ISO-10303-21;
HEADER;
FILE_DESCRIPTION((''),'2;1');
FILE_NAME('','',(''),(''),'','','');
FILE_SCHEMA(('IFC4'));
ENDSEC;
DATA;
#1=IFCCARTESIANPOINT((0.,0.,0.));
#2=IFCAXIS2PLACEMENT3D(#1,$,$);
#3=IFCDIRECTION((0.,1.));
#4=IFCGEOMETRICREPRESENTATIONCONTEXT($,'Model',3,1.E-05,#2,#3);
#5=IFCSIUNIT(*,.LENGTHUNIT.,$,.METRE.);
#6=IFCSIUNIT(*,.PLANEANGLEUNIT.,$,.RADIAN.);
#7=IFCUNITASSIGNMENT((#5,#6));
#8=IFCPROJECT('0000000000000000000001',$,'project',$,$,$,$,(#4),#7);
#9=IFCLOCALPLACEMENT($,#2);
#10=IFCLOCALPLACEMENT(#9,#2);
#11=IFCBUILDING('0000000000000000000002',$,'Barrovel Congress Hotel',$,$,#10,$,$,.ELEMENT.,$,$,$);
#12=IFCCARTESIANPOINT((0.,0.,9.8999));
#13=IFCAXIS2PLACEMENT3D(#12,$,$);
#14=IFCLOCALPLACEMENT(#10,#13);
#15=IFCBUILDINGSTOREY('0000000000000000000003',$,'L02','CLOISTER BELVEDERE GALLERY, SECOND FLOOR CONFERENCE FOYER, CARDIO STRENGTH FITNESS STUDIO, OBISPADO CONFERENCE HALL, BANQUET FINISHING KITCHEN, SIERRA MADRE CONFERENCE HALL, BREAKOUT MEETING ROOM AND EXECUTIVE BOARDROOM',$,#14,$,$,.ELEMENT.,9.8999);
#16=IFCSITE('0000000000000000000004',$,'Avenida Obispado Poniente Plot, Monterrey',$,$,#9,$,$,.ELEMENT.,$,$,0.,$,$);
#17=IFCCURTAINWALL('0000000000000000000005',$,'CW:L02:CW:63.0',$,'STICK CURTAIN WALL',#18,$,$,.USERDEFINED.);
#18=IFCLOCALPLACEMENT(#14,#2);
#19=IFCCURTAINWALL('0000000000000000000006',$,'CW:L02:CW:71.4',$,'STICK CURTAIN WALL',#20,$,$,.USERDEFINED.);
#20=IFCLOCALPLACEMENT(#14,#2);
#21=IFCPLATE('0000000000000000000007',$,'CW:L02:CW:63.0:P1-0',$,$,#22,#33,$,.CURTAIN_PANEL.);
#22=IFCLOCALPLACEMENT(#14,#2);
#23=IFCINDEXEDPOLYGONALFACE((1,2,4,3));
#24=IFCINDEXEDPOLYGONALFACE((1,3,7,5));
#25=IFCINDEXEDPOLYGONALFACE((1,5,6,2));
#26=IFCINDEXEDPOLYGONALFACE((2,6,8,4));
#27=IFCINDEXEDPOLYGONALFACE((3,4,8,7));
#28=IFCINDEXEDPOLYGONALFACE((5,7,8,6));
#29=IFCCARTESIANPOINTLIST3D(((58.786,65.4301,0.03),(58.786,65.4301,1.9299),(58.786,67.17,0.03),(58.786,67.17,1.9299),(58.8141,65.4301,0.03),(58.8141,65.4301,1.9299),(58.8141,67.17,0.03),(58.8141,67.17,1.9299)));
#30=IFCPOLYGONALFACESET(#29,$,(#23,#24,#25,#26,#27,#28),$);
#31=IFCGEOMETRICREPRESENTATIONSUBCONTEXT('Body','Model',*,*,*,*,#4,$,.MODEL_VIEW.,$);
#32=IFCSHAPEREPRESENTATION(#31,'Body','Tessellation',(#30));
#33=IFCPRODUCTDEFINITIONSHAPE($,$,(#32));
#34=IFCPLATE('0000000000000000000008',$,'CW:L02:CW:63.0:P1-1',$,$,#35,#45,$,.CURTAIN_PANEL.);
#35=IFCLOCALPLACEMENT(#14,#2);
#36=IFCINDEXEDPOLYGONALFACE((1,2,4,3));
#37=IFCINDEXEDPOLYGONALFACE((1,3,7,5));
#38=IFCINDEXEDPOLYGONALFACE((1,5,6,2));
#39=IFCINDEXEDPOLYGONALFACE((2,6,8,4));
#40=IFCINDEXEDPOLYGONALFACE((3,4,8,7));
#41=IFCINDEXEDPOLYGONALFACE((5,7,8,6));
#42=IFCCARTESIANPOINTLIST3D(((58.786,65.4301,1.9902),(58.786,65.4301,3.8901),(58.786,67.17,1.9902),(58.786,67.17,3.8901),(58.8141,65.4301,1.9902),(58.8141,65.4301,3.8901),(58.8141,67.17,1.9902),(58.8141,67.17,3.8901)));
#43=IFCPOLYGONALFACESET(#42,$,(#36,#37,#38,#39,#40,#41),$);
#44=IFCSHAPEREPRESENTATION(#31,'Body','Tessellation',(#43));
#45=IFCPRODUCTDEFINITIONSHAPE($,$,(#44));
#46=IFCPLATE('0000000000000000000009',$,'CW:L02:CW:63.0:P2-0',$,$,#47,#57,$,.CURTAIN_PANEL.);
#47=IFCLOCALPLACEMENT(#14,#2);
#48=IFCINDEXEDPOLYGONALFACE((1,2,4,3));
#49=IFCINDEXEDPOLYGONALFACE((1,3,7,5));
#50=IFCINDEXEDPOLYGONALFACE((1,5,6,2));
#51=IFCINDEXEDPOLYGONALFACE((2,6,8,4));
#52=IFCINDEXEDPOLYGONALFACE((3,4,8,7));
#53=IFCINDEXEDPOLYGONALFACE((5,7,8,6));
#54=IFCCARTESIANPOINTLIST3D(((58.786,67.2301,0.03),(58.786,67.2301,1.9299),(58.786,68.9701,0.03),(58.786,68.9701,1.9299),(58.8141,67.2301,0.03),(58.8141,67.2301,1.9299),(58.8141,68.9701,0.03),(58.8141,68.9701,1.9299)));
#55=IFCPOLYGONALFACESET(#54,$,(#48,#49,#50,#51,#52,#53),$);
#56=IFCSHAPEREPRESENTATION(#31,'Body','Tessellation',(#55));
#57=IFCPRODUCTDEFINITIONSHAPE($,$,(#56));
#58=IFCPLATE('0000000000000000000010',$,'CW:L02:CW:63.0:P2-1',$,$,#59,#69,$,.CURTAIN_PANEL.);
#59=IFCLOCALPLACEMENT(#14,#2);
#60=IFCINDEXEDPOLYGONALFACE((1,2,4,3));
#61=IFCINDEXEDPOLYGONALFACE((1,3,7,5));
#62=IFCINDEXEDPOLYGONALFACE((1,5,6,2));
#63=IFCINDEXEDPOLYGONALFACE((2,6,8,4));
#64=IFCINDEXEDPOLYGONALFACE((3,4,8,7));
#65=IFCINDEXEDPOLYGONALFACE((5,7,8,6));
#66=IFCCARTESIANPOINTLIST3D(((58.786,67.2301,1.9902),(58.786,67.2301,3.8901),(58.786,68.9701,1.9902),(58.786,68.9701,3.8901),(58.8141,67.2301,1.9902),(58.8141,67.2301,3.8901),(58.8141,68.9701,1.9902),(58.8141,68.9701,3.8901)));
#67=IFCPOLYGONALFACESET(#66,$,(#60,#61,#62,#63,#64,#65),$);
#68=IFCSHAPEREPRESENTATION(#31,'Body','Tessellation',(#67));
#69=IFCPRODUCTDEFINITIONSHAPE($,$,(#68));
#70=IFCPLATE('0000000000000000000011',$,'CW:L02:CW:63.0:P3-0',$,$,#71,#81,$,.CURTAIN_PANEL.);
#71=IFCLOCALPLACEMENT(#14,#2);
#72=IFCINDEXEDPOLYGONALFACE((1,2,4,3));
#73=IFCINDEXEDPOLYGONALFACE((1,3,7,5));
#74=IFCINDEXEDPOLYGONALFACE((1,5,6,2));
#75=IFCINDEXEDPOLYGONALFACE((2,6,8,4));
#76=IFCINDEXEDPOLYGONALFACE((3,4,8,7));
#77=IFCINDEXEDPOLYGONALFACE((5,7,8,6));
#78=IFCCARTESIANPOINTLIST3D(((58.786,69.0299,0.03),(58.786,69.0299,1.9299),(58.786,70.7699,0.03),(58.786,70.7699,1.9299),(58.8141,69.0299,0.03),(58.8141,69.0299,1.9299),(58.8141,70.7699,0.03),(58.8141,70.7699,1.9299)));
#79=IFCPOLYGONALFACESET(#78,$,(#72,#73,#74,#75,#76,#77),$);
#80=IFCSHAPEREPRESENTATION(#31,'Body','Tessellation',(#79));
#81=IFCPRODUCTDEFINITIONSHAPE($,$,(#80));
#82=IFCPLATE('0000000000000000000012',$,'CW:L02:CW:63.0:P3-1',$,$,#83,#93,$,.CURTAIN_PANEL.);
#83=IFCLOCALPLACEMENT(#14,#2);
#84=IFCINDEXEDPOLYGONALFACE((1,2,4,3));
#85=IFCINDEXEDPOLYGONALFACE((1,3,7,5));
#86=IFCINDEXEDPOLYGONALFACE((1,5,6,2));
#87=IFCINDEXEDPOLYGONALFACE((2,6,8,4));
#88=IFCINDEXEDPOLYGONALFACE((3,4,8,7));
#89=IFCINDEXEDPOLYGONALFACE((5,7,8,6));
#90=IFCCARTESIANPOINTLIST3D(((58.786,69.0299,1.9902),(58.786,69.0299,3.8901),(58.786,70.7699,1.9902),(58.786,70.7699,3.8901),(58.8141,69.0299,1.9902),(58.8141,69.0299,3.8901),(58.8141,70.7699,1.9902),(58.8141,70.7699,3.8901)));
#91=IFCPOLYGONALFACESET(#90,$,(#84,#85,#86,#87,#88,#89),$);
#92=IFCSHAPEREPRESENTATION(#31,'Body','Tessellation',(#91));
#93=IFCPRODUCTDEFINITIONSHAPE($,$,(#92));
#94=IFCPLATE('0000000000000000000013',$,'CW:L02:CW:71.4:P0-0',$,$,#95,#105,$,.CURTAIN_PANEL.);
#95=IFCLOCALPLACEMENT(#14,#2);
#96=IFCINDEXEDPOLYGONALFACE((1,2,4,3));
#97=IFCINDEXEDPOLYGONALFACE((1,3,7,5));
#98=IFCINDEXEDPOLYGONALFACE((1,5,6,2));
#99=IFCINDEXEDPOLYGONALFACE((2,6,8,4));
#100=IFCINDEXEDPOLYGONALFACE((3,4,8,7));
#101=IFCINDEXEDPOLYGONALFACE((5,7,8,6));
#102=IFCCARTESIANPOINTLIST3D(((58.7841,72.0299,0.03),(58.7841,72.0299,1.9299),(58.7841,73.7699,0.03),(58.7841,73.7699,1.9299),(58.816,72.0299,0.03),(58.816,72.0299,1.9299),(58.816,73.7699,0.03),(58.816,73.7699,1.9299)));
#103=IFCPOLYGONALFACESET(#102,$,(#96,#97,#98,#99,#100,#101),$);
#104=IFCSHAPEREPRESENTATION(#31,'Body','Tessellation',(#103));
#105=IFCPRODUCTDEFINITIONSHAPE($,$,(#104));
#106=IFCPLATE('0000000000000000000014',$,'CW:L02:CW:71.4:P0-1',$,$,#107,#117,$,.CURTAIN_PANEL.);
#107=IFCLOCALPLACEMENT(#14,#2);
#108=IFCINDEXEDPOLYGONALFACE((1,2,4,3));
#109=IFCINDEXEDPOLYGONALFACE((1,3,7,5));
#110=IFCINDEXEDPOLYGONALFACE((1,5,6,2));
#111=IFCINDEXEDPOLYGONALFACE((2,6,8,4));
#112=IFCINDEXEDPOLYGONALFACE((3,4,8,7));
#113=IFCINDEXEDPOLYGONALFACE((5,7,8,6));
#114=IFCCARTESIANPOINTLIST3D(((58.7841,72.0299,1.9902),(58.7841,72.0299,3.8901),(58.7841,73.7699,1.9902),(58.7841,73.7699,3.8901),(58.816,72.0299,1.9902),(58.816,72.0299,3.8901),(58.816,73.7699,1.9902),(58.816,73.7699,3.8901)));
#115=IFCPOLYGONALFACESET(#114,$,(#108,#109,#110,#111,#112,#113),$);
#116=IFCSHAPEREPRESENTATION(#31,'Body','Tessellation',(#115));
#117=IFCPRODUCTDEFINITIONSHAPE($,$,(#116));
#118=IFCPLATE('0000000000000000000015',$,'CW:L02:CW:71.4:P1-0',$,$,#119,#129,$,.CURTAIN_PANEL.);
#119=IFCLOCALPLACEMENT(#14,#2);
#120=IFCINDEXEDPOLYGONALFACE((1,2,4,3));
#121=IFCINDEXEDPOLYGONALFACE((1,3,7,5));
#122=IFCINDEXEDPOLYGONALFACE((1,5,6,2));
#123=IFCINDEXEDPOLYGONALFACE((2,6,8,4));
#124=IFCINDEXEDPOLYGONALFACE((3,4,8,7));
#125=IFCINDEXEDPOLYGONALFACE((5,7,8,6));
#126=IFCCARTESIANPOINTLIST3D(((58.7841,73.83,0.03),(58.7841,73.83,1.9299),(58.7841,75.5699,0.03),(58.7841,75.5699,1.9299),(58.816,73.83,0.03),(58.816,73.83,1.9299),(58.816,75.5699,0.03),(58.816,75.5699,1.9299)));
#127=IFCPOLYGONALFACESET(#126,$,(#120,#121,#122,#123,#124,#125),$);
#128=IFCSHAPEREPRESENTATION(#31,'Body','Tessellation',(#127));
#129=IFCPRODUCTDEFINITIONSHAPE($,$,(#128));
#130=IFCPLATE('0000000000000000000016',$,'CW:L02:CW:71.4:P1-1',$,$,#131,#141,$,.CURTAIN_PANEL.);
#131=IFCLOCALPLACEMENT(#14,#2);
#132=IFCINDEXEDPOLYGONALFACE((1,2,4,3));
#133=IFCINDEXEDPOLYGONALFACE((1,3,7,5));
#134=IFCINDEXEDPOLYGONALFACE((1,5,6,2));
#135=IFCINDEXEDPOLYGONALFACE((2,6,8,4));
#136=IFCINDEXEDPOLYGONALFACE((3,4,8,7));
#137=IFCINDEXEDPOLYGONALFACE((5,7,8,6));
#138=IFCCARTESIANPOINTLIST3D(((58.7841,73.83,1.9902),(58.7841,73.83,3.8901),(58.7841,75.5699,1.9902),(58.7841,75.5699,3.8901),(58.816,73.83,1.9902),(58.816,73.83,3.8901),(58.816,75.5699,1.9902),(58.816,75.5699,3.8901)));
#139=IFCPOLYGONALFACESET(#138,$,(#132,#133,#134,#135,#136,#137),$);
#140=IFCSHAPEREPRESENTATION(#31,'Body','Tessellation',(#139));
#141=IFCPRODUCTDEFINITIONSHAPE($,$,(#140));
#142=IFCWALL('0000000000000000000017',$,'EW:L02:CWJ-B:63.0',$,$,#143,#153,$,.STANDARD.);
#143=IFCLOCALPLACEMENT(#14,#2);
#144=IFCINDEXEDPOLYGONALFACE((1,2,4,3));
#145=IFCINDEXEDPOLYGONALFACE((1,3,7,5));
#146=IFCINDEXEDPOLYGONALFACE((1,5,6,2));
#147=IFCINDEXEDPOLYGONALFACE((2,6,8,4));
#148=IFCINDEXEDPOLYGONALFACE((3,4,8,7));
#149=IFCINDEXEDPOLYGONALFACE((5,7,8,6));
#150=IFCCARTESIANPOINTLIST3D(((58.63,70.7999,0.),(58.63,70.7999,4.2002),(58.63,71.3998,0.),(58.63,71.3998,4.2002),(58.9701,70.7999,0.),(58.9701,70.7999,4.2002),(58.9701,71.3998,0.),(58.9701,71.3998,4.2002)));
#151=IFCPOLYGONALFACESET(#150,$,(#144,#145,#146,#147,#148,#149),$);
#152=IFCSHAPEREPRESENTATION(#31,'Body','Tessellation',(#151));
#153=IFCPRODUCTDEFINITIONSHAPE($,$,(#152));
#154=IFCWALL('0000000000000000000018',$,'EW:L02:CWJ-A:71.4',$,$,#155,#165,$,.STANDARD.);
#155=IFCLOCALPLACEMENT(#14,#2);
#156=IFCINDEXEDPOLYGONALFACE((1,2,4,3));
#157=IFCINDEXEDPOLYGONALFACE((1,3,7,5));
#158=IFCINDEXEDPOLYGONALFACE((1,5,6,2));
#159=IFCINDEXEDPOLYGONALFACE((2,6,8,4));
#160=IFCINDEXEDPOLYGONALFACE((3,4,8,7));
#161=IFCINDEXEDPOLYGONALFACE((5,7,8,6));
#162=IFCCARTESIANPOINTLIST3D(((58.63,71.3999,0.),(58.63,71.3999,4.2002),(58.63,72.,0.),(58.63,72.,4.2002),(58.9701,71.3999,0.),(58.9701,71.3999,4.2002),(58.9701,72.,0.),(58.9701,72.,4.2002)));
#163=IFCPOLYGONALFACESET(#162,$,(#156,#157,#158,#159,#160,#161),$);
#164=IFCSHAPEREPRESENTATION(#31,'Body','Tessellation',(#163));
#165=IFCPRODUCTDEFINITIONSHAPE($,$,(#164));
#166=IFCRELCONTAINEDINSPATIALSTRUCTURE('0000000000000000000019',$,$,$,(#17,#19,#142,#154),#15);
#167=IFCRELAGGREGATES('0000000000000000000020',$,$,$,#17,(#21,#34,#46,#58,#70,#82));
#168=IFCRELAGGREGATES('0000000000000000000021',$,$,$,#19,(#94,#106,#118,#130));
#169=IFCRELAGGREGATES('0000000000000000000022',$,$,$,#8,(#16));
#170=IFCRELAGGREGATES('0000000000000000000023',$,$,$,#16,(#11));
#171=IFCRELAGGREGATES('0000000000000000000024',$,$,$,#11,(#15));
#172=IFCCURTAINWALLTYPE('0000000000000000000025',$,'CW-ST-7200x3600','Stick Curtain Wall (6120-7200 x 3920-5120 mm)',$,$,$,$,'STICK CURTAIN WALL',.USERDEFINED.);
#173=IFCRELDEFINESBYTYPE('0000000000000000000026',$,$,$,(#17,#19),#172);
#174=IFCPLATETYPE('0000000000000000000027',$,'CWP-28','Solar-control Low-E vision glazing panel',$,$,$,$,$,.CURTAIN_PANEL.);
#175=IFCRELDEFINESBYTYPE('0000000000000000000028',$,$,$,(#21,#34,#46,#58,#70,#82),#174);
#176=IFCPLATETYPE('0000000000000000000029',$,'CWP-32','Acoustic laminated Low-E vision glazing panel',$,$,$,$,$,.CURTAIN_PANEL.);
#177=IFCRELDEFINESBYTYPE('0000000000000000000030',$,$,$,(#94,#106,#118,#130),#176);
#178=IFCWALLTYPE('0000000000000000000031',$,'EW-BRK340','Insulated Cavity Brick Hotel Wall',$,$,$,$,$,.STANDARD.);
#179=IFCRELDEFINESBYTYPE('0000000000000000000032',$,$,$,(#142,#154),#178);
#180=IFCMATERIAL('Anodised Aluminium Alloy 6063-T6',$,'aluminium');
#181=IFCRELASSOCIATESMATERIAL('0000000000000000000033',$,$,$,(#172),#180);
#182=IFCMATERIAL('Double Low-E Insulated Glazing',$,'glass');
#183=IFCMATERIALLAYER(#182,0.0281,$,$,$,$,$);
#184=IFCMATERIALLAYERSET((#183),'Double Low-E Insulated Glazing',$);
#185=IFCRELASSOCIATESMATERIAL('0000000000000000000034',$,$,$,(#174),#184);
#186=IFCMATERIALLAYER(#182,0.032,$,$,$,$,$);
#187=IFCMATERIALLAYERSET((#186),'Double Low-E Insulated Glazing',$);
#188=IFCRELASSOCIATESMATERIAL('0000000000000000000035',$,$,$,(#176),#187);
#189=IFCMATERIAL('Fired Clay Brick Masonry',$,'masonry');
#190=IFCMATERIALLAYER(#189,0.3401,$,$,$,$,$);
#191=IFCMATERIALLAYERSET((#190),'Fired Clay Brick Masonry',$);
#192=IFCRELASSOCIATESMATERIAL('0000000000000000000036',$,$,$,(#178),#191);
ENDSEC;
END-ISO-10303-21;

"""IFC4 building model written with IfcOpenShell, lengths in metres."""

from ifc_helpers import new_model, si_unit, direction, frame, frame_2d, origin, origin_2d, place, context, subcontext, project, spatial, rectangle, extrude, material, layer, layer_set, type_object, element, aggregate, save


model = new_model("IFC4")

# Units and contexts
model_context = context("Model", 3, precision=1e-05, world=origin(), true_north=direction((0.0, 1.0)))
body_context = subcontext(model_context, "Body", "Model", "MODEL_VIEW")
ifc_project = project(units=[si_unit("LENGTHUNIT", "METRE"), si_unit("PLANEANGLEUNIT", "RADIAN")], contexts=[model_context])

# Site, building, storey
site_placement = place(None, origin())
site = spatial("IfcSite", under=ifc_project, at=site_placement, Name="Avenida Obispado Poniente Plot, Monterrey", CompositionType="ELEMENT", RefElevation=0.0)
building_placement = place(site_placement, origin())
building = spatial("IfcBuilding", under=site, at=building_placement, Name="Barrovel Congress Hotel", CompositionType="ELEMENT")
storey_placement = place(building_placement, frame((0.0, 0.0, 9.8999)))
storey = spatial("IfcBuildingStorey", under=building, at=storey_placement, Name="L02", Description="CLOISTER BELVEDERE GALLERY, SECOND FLOOR CONFERENCE FOYER, CARDIO STRENGTH FITNESS STUDIO, OBISPADO CONFERENCE HALL, BANQUET FINISHING KITCHEN, SIERRA MADRE CONFERENCE HALL, BREAKOUT MEETING ROOM AND EXECUTIVE BOARDROOM", CompositionType="ELEMENT", Elevation=9.8999)

# Curtain walls
ifc_material_1 = material(Name="Anodised Aluminium Alloy 6063-T6", Category="aluminium")
curtain_wall_type = type_object("IfcCurtainWallType", Name="CW-ST-7200x3600", Description="Stick Curtain Wall (6120-7200 x 3920-5120 mm)", ElementType="STICK CURTAIN WALL", PredefinedType="USERDEFINED", material=ifc_material_1)
curtain_wall_1_placement = place(storey_placement, origin())
curtain_wall_1 = element("IfcCurtainWall", 1, at=curtain_wall_1_placement, inside=storey, type_object=curtain_wall_type, Name="CW:L02:CW:63.0", ObjectType="STICK CURTAIN WALL", PredefinedType="USERDEFINED")
curtain_wall_2_placement = place(storey_placement, origin())
curtain_wall_2 = element("IfcCurtainWall", 2, at=curtain_wall_2_placement, inside=storey, type_object=curtain_wall_type, Name="CW:L02:CW:71.4", ObjectType="STICK CURTAIN WALL", PredefinedType="USERDEFINED")

# Plates
ifc_material_2 = material(Name="Double Low-E Insulated Glazing", Category="glass")
ifc_layer_1 = layer(ifc_material_2, 0.0281)
ifc_layer_set_1 = layer_set([ifc_layer_1], Name="Double Low-E Insulated Glazing")
plate_type_1 = type_object("IfcPlateType", Name="CWP-28", Description="Solar-control Low-E vision glazing panel", PredefinedType="CURTAIN_PANEL", material=ifc_layer_set_1)
plate_1_placement = place(storey_placement, frame((58.8, 66.3, 0.03), z_axis=(0.0, 0.0, 1.0), x_axis=(0.0, 1.0, 0.0)))
plate_1 = element("IfcPlate", 3, at=plate_1_placement, type_object=plate_type_1, Name="CW:L02:CW:63.0:P1-0", PredefinedType="CURTAIN_PANEL", context=body_context, shape_type="SweptSolid", body=[
    extrude(rectangle(XDim=1.74, YDim=0.0281, at=origin_2d()), origin(), (0.0, 0.0, 1.0), 1.8999),
])
plate_2_placement = place(storey_placement, frame((58.8, 66.3, 1.9902), z_axis=(0.0, 0.0, 1.0), x_axis=(0.0, 1.0, 0.0)))
plate_2 = element("IfcPlate", 4, at=plate_2_placement, type_object=plate_type_1, Name="CW:L02:CW:63.0:P1-1", PredefinedType="CURTAIN_PANEL", context=body_context, shape_type="SweptSolid", body=[
    extrude(rectangle(XDim=1.74, YDim=0.0281, at=origin_2d()), origin(), (0.0, 0.0, 1.0), 1.8999),
])
plate_3_placement = place(storey_placement, frame((58.8, 68.1001, 0.03), z_axis=(0.0, 0.0, 1.0), x_axis=(0.0, 1.0, 0.0)))
plate_3 = element("IfcPlate", 5, at=plate_3_placement, type_object=plate_type_1, Name="CW:L02:CW:63.0:P2-0", PredefinedType="CURTAIN_PANEL", context=body_context, shape_type="SweptSolid", body=[
    extrude(rectangle(XDim=1.74, YDim=0.0281, at=origin_2d()), origin(), (0.0, 0.0, 1.0), 1.8999),
])
plate_4_placement = place(storey_placement, frame((58.8, 68.1001, 1.9902), z_axis=(0.0, 0.0, 1.0), x_axis=(0.0, 1.0, 0.0)))
plate_4 = element("IfcPlate", 6, at=plate_4_placement, type_object=plate_type_1, Name="CW:L02:CW:63.0:P2-1", PredefinedType="CURTAIN_PANEL", context=body_context, shape_type="SweptSolid", body=[
    extrude(rectangle(XDim=1.74, YDim=0.0281, at=origin_2d()), origin(), (0.0, 0.0, 1.0), 1.8999),
])
plate_5_placement = place(storey_placement, frame((58.8, 69.8999, 0.03), z_axis=(0.0, 0.0, 1.0), x_axis=(0.0, 1.0, 0.0)))
plate_5 = element("IfcPlate", 7, at=plate_5_placement, type_object=plate_type_1, Name="CW:L02:CW:63.0:P3-0", PredefinedType="CURTAIN_PANEL", context=body_context, shape_type="SweptSolid", body=[
    extrude(rectangle(XDim=1.74, YDim=0.0281, at=origin_2d()), origin(), (0.0, 0.0, 1.0), 1.8999),
])
plate_6_placement = place(storey_placement, frame((58.8, 69.8999, 1.9902), z_axis=(0.0, 0.0, 1.0), x_axis=(0.0, 1.0, 0.0)))
plate_6 = element("IfcPlate", 8, at=plate_6_placement, type_object=plate_type_1, Name="CW:L02:CW:63.0:P3-1", PredefinedType="CURTAIN_PANEL", context=body_context, shape_type="SweptSolid", body=[
    extrude(rectangle(XDim=1.74, YDim=0.0281, at=origin_2d()), origin(), (0.0, 0.0, 1.0), 1.8999),
])
aggregate(curtain_wall_1, [plate_1, plate_2, plate_3, plate_4, plate_5, plate_6])
ifc_layer_2 = layer(ifc_material_2, 0.032)
ifc_layer_set_2 = layer_set([ifc_layer_2], Name="Double Low-E Insulated Glazing")
plate_type_2 = type_object("IfcPlateType", Name="CWP-32", Description="Acoustic laminated Low-E vision glazing panel", PredefinedType="CURTAIN_PANEL", material=ifc_layer_set_2)
plate_7_placement = place(storey_placement, frame((58.8, 72.8999, 0.03), z_axis=(0.0, 0.0, 1.0), x_axis=(0.0, 1.0, 0.0)))
plate_7 = element("IfcPlate", 9, at=plate_7_placement, type_object=plate_type_2, Name="CW:L02:CW:71.4:P0-0", PredefinedType="CURTAIN_PANEL", context=body_context, shape_type="SweptSolid", body=[
    extrude(rectangle(XDim=1.74, YDim=0.032, at=origin_2d()), origin(), (0.0, 0.0, 1.0), 1.8999),
])
plate_8_placement = place(storey_placement, frame((58.8, 72.8999, 1.9902), z_axis=(0.0, 0.0, 1.0), x_axis=(0.0, 1.0, 0.0)))
plate_8 = element("IfcPlate", 10, at=plate_8_placement, type_object=plate_type_2, Name="CW:L02:CW:71.4:P0-1", PredefinedType="CURTAIN_PANEL", context=body_context, shape_type="SweptSolid", body=[
    extrude(rectangle(XDim=1.74, YDim=0.032, at=origin_2d()), origin(), (0.0, 0.0, 1.0), 1.8999),
])
plate_9_placement = place(storey_placement, frame((58.8, 74.7, 0.03), z_axis=(0.0, 0.0, 1.0), x_axis=(0.0, 1.0, 0.0)))
plate_9 = element("IfcPlate", 11, at=plate_9_placement, type_object=plate_type_2, Name="CW:L02:CW:71.4:P1-0", PredefinedType="CURTAIN_PANEL", context=body_context, shape_type="SweptSolid", body=[
    extrude(rectangle(XDim=1.74, YDim=0.032, at=origin_2d()), origin(), (0.0, 0.0, 1.0), 1.8999),
])
plate_10_placement = place(storey_placement, frame((58.8, 74.7, 1.9902), z_axis=(0.0, 0.0, 1.0), x_axis=(0.0, 1.0, 0.0)))
plate_10 = element("IfcPlate", 12, at=plate_10_placement, type_object=plate_type_2, Name="CW:L02:CW:71.4:P1-1", PredefinedType="CURTAIN_PANEL", context=body_context, shape_type="SweptSolid", body=[
    extrude(rectangle(XDim=1.74, YDim=0.032, at=origin_2d()), origin(), (0.0, 0.0, 1.0), 1.8999),
])
aggregate(curtain_wall_2, [plate_7, plate_8, plate_9, plate_10])

# Walls
ifc_material_3 = material(Name="Fired Clay Brick Masonry", Category="masonry")
ifc_layer_3 = layer(ifc_material_3, 0.3401)
ifc_layer_set_3 = layer_set([ifc_layer_3], Name="Fired Clay Brick Masonry")
wall_type = type_object("IfcWallType", Name="EW-BRK340", Description="Insulated Cavity Brick Hotel Wall", PredefinedType="STANDARD", material=ifc_layer_set_3)
wall_1_placement = place(storey_placement, frame((58.8, 70.8, 0.0), z_axis=(0.0, 0.0, 1.0), x_axis=(0.0, 1.0, 0.0)))
element("IfcWall", 13, at=wall_1_placement, inside=storey, type_object=wall_type, Name="EW:L02:CWJ-B:63.0", PredefinedType="STANDARD", context=body_context, shape_type="SweptSolid", body=[
    extrude(rectangle(XDim=0.5999, YDim=0.3401, at=frame_2d((0.2998, 0.0))), origin(), (0.0, 0.0, 1.0), 4.2002),
])
wall_2_placement = place(storey_placement, frame((58.8, 71.3999, 0.0), z_axis=(0.0, 0.0, 1.0), x_axis=(0.0, 1.0, 0.0)))
element("IfcWall", 14, at=wall_2_placement, inside=storey, type_object=wall_type, Name="EW:L02:CWJ-A:71.4", PredefinedType="STANDARD", context=body_context, shape_type="SweptSolid", body=[
    extrude(rectangle(XDim=0.6001, YDim=0.3401, at=frame_2d((0.3, 0.0))), origin(), (0.0, 0.0, 1.0), 4.2002),
])

save(model, "model.ifc")
